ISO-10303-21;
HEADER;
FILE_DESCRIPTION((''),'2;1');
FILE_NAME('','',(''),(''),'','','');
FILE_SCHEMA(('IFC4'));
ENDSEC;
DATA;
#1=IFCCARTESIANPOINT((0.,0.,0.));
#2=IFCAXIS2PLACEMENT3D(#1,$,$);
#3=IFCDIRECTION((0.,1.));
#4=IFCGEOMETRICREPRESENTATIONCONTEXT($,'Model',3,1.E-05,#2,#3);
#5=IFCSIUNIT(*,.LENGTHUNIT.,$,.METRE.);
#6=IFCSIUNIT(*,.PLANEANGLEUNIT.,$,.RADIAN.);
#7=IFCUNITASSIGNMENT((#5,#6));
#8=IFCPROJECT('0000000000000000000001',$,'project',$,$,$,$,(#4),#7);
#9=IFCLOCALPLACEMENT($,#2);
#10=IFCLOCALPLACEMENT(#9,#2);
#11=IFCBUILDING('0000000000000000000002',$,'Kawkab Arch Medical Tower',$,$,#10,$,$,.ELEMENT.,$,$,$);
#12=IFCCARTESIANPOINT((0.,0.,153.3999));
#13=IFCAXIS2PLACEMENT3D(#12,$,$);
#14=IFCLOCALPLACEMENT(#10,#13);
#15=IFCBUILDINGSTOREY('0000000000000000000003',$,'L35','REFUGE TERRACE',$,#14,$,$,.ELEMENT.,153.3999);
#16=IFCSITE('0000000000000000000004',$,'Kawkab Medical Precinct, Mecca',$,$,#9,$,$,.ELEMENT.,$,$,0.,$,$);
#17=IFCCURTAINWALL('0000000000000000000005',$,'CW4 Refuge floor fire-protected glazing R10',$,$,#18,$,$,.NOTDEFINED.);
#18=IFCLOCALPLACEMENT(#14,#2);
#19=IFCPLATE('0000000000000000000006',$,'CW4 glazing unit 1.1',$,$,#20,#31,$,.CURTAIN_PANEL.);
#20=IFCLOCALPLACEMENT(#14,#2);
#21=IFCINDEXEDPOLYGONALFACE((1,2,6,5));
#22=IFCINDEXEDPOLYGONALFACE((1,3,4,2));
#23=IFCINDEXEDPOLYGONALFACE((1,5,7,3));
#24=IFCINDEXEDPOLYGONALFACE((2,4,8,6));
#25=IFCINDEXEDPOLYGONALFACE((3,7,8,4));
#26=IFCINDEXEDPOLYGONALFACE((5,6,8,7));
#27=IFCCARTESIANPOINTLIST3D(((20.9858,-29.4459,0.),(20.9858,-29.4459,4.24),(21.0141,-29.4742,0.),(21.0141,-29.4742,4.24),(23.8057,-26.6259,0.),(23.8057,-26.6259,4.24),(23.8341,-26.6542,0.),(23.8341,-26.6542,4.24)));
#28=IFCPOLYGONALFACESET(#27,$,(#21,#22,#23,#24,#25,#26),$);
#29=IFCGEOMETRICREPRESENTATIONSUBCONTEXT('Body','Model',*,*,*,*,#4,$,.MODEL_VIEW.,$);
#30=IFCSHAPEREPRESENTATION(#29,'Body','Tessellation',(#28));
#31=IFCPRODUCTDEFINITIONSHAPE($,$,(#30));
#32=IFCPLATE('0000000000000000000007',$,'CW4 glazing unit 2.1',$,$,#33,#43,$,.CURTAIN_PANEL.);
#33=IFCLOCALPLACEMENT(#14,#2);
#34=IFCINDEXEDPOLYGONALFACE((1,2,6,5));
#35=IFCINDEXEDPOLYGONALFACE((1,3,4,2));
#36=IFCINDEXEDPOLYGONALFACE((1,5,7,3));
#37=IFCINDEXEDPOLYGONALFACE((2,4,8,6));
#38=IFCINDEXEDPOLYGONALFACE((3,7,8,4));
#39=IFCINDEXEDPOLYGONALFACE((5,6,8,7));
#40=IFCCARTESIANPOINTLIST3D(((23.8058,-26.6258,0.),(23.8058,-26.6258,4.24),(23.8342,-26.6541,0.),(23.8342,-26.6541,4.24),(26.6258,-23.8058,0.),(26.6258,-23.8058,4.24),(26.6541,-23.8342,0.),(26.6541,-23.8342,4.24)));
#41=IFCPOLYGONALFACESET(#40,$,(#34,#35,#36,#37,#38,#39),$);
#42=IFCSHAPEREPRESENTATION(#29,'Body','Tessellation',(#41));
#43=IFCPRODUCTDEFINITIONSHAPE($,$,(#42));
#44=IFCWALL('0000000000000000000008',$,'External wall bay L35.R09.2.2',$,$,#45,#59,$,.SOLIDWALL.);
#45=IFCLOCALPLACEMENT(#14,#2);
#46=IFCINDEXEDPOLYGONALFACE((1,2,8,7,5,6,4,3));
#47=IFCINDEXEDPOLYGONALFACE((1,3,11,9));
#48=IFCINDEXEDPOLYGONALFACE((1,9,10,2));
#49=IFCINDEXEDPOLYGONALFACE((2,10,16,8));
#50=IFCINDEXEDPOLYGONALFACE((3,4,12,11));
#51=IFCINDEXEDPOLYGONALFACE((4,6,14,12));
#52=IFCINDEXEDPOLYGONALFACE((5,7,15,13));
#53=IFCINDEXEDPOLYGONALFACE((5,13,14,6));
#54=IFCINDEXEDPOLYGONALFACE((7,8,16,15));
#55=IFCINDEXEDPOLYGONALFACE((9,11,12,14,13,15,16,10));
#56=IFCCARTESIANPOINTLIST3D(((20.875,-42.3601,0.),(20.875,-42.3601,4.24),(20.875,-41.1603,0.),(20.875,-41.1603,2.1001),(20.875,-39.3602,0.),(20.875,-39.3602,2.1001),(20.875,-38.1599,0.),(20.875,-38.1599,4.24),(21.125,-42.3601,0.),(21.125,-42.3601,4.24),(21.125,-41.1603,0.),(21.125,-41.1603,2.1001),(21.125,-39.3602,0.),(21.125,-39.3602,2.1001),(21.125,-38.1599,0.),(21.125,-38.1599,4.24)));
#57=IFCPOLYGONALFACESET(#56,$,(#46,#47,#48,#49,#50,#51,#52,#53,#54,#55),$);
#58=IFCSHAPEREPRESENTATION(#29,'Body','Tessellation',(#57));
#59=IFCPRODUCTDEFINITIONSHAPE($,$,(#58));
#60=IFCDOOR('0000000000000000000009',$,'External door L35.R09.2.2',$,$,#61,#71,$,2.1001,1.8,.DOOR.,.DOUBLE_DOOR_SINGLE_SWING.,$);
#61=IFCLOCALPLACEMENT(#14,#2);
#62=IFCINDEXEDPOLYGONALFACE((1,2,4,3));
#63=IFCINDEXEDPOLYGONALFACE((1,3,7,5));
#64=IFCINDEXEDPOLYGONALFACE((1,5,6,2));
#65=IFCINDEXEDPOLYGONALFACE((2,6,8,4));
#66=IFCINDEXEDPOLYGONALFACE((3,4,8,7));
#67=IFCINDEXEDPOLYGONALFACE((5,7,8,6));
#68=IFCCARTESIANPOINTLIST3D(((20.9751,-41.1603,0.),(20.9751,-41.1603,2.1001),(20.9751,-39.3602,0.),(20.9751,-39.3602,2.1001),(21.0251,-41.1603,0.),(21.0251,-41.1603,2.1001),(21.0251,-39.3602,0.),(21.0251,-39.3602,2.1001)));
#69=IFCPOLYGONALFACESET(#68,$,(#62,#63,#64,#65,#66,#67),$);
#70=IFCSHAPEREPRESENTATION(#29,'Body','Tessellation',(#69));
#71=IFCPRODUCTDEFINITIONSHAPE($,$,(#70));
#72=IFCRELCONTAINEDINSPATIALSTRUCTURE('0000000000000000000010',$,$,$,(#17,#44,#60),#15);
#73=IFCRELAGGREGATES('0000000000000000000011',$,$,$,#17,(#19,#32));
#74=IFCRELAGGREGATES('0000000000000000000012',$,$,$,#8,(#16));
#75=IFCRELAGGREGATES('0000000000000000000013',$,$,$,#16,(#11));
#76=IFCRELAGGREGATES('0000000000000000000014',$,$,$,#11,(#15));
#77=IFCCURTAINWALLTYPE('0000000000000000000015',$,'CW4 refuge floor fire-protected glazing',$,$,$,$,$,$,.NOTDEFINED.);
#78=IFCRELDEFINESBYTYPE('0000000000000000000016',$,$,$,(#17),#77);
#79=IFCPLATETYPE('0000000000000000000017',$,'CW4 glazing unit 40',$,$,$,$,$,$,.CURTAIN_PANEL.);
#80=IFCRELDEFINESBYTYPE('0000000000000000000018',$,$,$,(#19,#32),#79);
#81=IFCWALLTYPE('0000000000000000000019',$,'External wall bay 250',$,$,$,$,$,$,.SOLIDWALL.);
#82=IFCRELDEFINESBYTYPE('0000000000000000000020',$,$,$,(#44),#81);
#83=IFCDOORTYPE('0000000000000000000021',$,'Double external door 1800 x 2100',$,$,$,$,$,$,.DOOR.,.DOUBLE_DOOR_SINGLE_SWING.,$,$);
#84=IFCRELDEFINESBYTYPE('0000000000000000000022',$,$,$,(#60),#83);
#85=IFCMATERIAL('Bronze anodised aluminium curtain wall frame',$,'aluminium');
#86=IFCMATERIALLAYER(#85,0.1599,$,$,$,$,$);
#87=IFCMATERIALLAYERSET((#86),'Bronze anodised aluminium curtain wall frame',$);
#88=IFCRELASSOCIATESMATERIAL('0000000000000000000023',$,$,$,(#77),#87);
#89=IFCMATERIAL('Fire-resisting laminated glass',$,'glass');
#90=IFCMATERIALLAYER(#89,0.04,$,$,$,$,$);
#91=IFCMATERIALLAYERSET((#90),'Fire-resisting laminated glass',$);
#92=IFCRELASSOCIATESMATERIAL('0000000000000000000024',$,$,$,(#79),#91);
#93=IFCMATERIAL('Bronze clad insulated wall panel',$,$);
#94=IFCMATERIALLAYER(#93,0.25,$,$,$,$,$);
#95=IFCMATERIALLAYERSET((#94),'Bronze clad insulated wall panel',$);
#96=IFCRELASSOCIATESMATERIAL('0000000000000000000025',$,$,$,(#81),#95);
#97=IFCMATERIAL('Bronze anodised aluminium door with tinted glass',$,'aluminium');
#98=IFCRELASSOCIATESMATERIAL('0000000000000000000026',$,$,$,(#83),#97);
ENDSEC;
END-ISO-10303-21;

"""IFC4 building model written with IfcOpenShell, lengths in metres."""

from ifc_helpers import new_model, si_unit, direction, frame, frame_2d, origin, origin_2d, place, context, subcontext, project, spatial, rectangle, extrude, material, layer, layer_set, type_object, element, fill, aggregate, save


model = new_model("IFC4")

# Units and contexts
model_context = context("Model", 3, precision=1e-05, world=origin(), true_north=direction((0.0, 1.0)))
body_context = subcontext(model_context, "Body", "Model", "MODEL_VIEW")
ifc_project = project(units=[si_unit("LENGTHUNIT", "METRE"), si_unit("PLANEANGLEUNIT", "RADIAN")], contexts=[model_context])

# Site, building, storey
site_placement = place(None, origin())
site = spatial("IfcSite", under=ifc_project, at=site_placement, Name="Kawkab Medical Precinct, Mecca", CompositionType="ELEMENT", RefElevation=0.0)
building_placement = place(site_placement, origin())
building = spatial("IfcBuilding", under=site, at=building_placement, Name="Kawkab Arch Medical Tower", CompositionType="ELEMENT")
storey_placement = place(building_placement, frame((0.0, 0.0, 153.3999)))
storey = spatial("IfcBuildingStorey", under=building, at=storey_placement, Name="L35", Description="REFUGE TERRACE", CompositionType="ELEMENT", Elevation=153.3999)

# Shared definitions
ifc_material_1 = material(Name="Bronze anodised aluminium curtain wall frame", Category="aluminium")
ifc_layer_1 = layer(ifc_material_1, 0.1599)
ifc_layer_set_1 = layer_set([ifc_layer_1], Name="Bronze anodised aluminium curtain wall frame")
curtain_wall_type = type_object("IfcCurtainWallType", Name="CW4 refuge floor fire-protected glazing", PredefinedType="NOTDEFINED", material=ifc_layer_set_1)
placement = place(storey_placement, origin())

# Curtain wall
curtain_wall_1 = element("IfcCurtainWall", 1, at=placement, inside=storey, type_object=curtain_wall_type, Name="CW4 Refuge floor fire-protected glazing R10", PredefinedType="NOTDEFINED")

# Plates
ifc_material_2 = material(Name="Fire-resisting laminated glass", Category="glass")
ifc_layer_2 = layer(ifc_material_2, 0.04)
ifc_layer_set_2 = layer_set([ifc_layer_2], Name="Fire-resisting laminated glass")
plate_type = type_object("IfcPlateType", Name="CW4 glazing unit 40", PredefinedType="CURTAIN_PANEL", material=ifc_layer_set_2)
plate_1_placement = place(storey_placement, frame((22.4099, -28.05, 0.0), z_axis=(0.0, 0.0, 1.0), x_axis=(0.707107, 0.707107, 0.0)))
plate_1 = element("IfcPlate", 2, at=plate_1_placement, type_object=plate_type, Name="CW4 glazing unit 1.1", PredefinedType="CURTAIN_PANEL", context=body_context, shape_type="SweptSolid", body=[
    extrude(rectangle(XDim=3.988, YDim=0.04, at=origin_2d()), origin(), (0.0, 0.0, 1.0), 4.24),
])
plate_2_placement = place(storey_placement, frame((25.23, -25.23, 0.0), z_axis=(0.0, 0.0, 1.0), x_axis=(0.707107, 0.707107, 0.0)))
plate_2 = element("IfcPlate", 3, at=plate_2_placement, type_object=plate_type, Name="CW4 glazing unit 2.1", PredefinedType="CURTAIN_PANEL", context=body_context, shape_type="SweptSolid", body=[
    extrude(rectangle(XDim=3.988, YDim=0.04, at=origin_2d()), origin(), (0.0, 0.0, 1.0), 4.24),
])
aggregate(curtain_wall_1, [plate_1, plate_2])

# Wall, opening, door
ifc_material_3 = material(Name="Bronze clad insulated wall panel")
ifc_layer_3 = layer(ifc_material_3, 0.25)
ifc_layer_set_3 = layer_set([ifc_layer_3], Name="Bronze clad insulated wall panel")
wall_type = type_object("IfcWallType", Name="External wall bay 250", PredefinedType="SOLIDWALL", material=ifc_layer_set_3)
wall_placement = place(storey_placement, frame((21.0, -42.3601, 0.0), z_axis=(0.0, 0.0, 1.0), x_axis=(0.0, 1.0, 0.0)))
wall = element("IfcWall", 4, at=wall_placement, inside=storey, type_object=wall_type, Name="External wall bay L35.R09.2.2", PredefinedType="SOLIDWALL", context=body_context, shape_type="SweptSolid", body=[
    extrude(rectangle(XDim=4.2002, YDim=0.25, at=frame_2d((2.1001, 0.0))), origin(), (0.0, 0.0, 1.0), 4.24),
])
opening_placement = place(wall_placement, frame((1.2, 0.0, 0.0)))
opening = element("IfcOpeningElement", 5, at=opening_placement, cuts=wall, PredefinedType="OPENING", context=body_context, shape_type="SweptSolid", body=[
    extrude(rectangle(XDim=1.8, YDim=2.1001, at=frame_2d((0.8999, 1.05))), frame((0.0, 0.135, 0.0), z_axis=(0.0, -1.0, 0.0), x_axis=(1.0, 0.0, 0.0)), (0.0, 0.0, 1.0), 0.27),
])
ifc_material_4 = material(Name="Bronze anodised aluminium door with tinted glass", Category="aluminium")
door_type = type_object("IfcDoorType", Name="Double external door 1800 x 2100", OperationType="DOUBLE_DOOR_SINGLE_SWING", PredefinedType="DOOR", material=ifc_material_4)
door_placement = place(opening_placement, origin())
door = element("IfcDoor", 6, at=door_placement, inside=storey, type_object=door_type, Name="External door L35.R09.2.2", OperationType="DOUBLE_DOOR_SINGLE_SWING", OverallHeight=2.1001, OverallWidth=1.8, PredefinedType="DOOR", context=body_context, shape_type="SweptSolid", body=[
    extrude(rectangle(XDim=1.8, YDim=2.1001, at=frame_2d((0.8999, 1.05))), frame((0.0, 0.0249, 0.0), z_axis=(0.0, -1.0, 0.0), x_axis=(1.0, 0.0, 0.0)), (0.0, 0.0, 1.0), 0.05),
])
fill(opening, door)

save(model, "model.ifc")
